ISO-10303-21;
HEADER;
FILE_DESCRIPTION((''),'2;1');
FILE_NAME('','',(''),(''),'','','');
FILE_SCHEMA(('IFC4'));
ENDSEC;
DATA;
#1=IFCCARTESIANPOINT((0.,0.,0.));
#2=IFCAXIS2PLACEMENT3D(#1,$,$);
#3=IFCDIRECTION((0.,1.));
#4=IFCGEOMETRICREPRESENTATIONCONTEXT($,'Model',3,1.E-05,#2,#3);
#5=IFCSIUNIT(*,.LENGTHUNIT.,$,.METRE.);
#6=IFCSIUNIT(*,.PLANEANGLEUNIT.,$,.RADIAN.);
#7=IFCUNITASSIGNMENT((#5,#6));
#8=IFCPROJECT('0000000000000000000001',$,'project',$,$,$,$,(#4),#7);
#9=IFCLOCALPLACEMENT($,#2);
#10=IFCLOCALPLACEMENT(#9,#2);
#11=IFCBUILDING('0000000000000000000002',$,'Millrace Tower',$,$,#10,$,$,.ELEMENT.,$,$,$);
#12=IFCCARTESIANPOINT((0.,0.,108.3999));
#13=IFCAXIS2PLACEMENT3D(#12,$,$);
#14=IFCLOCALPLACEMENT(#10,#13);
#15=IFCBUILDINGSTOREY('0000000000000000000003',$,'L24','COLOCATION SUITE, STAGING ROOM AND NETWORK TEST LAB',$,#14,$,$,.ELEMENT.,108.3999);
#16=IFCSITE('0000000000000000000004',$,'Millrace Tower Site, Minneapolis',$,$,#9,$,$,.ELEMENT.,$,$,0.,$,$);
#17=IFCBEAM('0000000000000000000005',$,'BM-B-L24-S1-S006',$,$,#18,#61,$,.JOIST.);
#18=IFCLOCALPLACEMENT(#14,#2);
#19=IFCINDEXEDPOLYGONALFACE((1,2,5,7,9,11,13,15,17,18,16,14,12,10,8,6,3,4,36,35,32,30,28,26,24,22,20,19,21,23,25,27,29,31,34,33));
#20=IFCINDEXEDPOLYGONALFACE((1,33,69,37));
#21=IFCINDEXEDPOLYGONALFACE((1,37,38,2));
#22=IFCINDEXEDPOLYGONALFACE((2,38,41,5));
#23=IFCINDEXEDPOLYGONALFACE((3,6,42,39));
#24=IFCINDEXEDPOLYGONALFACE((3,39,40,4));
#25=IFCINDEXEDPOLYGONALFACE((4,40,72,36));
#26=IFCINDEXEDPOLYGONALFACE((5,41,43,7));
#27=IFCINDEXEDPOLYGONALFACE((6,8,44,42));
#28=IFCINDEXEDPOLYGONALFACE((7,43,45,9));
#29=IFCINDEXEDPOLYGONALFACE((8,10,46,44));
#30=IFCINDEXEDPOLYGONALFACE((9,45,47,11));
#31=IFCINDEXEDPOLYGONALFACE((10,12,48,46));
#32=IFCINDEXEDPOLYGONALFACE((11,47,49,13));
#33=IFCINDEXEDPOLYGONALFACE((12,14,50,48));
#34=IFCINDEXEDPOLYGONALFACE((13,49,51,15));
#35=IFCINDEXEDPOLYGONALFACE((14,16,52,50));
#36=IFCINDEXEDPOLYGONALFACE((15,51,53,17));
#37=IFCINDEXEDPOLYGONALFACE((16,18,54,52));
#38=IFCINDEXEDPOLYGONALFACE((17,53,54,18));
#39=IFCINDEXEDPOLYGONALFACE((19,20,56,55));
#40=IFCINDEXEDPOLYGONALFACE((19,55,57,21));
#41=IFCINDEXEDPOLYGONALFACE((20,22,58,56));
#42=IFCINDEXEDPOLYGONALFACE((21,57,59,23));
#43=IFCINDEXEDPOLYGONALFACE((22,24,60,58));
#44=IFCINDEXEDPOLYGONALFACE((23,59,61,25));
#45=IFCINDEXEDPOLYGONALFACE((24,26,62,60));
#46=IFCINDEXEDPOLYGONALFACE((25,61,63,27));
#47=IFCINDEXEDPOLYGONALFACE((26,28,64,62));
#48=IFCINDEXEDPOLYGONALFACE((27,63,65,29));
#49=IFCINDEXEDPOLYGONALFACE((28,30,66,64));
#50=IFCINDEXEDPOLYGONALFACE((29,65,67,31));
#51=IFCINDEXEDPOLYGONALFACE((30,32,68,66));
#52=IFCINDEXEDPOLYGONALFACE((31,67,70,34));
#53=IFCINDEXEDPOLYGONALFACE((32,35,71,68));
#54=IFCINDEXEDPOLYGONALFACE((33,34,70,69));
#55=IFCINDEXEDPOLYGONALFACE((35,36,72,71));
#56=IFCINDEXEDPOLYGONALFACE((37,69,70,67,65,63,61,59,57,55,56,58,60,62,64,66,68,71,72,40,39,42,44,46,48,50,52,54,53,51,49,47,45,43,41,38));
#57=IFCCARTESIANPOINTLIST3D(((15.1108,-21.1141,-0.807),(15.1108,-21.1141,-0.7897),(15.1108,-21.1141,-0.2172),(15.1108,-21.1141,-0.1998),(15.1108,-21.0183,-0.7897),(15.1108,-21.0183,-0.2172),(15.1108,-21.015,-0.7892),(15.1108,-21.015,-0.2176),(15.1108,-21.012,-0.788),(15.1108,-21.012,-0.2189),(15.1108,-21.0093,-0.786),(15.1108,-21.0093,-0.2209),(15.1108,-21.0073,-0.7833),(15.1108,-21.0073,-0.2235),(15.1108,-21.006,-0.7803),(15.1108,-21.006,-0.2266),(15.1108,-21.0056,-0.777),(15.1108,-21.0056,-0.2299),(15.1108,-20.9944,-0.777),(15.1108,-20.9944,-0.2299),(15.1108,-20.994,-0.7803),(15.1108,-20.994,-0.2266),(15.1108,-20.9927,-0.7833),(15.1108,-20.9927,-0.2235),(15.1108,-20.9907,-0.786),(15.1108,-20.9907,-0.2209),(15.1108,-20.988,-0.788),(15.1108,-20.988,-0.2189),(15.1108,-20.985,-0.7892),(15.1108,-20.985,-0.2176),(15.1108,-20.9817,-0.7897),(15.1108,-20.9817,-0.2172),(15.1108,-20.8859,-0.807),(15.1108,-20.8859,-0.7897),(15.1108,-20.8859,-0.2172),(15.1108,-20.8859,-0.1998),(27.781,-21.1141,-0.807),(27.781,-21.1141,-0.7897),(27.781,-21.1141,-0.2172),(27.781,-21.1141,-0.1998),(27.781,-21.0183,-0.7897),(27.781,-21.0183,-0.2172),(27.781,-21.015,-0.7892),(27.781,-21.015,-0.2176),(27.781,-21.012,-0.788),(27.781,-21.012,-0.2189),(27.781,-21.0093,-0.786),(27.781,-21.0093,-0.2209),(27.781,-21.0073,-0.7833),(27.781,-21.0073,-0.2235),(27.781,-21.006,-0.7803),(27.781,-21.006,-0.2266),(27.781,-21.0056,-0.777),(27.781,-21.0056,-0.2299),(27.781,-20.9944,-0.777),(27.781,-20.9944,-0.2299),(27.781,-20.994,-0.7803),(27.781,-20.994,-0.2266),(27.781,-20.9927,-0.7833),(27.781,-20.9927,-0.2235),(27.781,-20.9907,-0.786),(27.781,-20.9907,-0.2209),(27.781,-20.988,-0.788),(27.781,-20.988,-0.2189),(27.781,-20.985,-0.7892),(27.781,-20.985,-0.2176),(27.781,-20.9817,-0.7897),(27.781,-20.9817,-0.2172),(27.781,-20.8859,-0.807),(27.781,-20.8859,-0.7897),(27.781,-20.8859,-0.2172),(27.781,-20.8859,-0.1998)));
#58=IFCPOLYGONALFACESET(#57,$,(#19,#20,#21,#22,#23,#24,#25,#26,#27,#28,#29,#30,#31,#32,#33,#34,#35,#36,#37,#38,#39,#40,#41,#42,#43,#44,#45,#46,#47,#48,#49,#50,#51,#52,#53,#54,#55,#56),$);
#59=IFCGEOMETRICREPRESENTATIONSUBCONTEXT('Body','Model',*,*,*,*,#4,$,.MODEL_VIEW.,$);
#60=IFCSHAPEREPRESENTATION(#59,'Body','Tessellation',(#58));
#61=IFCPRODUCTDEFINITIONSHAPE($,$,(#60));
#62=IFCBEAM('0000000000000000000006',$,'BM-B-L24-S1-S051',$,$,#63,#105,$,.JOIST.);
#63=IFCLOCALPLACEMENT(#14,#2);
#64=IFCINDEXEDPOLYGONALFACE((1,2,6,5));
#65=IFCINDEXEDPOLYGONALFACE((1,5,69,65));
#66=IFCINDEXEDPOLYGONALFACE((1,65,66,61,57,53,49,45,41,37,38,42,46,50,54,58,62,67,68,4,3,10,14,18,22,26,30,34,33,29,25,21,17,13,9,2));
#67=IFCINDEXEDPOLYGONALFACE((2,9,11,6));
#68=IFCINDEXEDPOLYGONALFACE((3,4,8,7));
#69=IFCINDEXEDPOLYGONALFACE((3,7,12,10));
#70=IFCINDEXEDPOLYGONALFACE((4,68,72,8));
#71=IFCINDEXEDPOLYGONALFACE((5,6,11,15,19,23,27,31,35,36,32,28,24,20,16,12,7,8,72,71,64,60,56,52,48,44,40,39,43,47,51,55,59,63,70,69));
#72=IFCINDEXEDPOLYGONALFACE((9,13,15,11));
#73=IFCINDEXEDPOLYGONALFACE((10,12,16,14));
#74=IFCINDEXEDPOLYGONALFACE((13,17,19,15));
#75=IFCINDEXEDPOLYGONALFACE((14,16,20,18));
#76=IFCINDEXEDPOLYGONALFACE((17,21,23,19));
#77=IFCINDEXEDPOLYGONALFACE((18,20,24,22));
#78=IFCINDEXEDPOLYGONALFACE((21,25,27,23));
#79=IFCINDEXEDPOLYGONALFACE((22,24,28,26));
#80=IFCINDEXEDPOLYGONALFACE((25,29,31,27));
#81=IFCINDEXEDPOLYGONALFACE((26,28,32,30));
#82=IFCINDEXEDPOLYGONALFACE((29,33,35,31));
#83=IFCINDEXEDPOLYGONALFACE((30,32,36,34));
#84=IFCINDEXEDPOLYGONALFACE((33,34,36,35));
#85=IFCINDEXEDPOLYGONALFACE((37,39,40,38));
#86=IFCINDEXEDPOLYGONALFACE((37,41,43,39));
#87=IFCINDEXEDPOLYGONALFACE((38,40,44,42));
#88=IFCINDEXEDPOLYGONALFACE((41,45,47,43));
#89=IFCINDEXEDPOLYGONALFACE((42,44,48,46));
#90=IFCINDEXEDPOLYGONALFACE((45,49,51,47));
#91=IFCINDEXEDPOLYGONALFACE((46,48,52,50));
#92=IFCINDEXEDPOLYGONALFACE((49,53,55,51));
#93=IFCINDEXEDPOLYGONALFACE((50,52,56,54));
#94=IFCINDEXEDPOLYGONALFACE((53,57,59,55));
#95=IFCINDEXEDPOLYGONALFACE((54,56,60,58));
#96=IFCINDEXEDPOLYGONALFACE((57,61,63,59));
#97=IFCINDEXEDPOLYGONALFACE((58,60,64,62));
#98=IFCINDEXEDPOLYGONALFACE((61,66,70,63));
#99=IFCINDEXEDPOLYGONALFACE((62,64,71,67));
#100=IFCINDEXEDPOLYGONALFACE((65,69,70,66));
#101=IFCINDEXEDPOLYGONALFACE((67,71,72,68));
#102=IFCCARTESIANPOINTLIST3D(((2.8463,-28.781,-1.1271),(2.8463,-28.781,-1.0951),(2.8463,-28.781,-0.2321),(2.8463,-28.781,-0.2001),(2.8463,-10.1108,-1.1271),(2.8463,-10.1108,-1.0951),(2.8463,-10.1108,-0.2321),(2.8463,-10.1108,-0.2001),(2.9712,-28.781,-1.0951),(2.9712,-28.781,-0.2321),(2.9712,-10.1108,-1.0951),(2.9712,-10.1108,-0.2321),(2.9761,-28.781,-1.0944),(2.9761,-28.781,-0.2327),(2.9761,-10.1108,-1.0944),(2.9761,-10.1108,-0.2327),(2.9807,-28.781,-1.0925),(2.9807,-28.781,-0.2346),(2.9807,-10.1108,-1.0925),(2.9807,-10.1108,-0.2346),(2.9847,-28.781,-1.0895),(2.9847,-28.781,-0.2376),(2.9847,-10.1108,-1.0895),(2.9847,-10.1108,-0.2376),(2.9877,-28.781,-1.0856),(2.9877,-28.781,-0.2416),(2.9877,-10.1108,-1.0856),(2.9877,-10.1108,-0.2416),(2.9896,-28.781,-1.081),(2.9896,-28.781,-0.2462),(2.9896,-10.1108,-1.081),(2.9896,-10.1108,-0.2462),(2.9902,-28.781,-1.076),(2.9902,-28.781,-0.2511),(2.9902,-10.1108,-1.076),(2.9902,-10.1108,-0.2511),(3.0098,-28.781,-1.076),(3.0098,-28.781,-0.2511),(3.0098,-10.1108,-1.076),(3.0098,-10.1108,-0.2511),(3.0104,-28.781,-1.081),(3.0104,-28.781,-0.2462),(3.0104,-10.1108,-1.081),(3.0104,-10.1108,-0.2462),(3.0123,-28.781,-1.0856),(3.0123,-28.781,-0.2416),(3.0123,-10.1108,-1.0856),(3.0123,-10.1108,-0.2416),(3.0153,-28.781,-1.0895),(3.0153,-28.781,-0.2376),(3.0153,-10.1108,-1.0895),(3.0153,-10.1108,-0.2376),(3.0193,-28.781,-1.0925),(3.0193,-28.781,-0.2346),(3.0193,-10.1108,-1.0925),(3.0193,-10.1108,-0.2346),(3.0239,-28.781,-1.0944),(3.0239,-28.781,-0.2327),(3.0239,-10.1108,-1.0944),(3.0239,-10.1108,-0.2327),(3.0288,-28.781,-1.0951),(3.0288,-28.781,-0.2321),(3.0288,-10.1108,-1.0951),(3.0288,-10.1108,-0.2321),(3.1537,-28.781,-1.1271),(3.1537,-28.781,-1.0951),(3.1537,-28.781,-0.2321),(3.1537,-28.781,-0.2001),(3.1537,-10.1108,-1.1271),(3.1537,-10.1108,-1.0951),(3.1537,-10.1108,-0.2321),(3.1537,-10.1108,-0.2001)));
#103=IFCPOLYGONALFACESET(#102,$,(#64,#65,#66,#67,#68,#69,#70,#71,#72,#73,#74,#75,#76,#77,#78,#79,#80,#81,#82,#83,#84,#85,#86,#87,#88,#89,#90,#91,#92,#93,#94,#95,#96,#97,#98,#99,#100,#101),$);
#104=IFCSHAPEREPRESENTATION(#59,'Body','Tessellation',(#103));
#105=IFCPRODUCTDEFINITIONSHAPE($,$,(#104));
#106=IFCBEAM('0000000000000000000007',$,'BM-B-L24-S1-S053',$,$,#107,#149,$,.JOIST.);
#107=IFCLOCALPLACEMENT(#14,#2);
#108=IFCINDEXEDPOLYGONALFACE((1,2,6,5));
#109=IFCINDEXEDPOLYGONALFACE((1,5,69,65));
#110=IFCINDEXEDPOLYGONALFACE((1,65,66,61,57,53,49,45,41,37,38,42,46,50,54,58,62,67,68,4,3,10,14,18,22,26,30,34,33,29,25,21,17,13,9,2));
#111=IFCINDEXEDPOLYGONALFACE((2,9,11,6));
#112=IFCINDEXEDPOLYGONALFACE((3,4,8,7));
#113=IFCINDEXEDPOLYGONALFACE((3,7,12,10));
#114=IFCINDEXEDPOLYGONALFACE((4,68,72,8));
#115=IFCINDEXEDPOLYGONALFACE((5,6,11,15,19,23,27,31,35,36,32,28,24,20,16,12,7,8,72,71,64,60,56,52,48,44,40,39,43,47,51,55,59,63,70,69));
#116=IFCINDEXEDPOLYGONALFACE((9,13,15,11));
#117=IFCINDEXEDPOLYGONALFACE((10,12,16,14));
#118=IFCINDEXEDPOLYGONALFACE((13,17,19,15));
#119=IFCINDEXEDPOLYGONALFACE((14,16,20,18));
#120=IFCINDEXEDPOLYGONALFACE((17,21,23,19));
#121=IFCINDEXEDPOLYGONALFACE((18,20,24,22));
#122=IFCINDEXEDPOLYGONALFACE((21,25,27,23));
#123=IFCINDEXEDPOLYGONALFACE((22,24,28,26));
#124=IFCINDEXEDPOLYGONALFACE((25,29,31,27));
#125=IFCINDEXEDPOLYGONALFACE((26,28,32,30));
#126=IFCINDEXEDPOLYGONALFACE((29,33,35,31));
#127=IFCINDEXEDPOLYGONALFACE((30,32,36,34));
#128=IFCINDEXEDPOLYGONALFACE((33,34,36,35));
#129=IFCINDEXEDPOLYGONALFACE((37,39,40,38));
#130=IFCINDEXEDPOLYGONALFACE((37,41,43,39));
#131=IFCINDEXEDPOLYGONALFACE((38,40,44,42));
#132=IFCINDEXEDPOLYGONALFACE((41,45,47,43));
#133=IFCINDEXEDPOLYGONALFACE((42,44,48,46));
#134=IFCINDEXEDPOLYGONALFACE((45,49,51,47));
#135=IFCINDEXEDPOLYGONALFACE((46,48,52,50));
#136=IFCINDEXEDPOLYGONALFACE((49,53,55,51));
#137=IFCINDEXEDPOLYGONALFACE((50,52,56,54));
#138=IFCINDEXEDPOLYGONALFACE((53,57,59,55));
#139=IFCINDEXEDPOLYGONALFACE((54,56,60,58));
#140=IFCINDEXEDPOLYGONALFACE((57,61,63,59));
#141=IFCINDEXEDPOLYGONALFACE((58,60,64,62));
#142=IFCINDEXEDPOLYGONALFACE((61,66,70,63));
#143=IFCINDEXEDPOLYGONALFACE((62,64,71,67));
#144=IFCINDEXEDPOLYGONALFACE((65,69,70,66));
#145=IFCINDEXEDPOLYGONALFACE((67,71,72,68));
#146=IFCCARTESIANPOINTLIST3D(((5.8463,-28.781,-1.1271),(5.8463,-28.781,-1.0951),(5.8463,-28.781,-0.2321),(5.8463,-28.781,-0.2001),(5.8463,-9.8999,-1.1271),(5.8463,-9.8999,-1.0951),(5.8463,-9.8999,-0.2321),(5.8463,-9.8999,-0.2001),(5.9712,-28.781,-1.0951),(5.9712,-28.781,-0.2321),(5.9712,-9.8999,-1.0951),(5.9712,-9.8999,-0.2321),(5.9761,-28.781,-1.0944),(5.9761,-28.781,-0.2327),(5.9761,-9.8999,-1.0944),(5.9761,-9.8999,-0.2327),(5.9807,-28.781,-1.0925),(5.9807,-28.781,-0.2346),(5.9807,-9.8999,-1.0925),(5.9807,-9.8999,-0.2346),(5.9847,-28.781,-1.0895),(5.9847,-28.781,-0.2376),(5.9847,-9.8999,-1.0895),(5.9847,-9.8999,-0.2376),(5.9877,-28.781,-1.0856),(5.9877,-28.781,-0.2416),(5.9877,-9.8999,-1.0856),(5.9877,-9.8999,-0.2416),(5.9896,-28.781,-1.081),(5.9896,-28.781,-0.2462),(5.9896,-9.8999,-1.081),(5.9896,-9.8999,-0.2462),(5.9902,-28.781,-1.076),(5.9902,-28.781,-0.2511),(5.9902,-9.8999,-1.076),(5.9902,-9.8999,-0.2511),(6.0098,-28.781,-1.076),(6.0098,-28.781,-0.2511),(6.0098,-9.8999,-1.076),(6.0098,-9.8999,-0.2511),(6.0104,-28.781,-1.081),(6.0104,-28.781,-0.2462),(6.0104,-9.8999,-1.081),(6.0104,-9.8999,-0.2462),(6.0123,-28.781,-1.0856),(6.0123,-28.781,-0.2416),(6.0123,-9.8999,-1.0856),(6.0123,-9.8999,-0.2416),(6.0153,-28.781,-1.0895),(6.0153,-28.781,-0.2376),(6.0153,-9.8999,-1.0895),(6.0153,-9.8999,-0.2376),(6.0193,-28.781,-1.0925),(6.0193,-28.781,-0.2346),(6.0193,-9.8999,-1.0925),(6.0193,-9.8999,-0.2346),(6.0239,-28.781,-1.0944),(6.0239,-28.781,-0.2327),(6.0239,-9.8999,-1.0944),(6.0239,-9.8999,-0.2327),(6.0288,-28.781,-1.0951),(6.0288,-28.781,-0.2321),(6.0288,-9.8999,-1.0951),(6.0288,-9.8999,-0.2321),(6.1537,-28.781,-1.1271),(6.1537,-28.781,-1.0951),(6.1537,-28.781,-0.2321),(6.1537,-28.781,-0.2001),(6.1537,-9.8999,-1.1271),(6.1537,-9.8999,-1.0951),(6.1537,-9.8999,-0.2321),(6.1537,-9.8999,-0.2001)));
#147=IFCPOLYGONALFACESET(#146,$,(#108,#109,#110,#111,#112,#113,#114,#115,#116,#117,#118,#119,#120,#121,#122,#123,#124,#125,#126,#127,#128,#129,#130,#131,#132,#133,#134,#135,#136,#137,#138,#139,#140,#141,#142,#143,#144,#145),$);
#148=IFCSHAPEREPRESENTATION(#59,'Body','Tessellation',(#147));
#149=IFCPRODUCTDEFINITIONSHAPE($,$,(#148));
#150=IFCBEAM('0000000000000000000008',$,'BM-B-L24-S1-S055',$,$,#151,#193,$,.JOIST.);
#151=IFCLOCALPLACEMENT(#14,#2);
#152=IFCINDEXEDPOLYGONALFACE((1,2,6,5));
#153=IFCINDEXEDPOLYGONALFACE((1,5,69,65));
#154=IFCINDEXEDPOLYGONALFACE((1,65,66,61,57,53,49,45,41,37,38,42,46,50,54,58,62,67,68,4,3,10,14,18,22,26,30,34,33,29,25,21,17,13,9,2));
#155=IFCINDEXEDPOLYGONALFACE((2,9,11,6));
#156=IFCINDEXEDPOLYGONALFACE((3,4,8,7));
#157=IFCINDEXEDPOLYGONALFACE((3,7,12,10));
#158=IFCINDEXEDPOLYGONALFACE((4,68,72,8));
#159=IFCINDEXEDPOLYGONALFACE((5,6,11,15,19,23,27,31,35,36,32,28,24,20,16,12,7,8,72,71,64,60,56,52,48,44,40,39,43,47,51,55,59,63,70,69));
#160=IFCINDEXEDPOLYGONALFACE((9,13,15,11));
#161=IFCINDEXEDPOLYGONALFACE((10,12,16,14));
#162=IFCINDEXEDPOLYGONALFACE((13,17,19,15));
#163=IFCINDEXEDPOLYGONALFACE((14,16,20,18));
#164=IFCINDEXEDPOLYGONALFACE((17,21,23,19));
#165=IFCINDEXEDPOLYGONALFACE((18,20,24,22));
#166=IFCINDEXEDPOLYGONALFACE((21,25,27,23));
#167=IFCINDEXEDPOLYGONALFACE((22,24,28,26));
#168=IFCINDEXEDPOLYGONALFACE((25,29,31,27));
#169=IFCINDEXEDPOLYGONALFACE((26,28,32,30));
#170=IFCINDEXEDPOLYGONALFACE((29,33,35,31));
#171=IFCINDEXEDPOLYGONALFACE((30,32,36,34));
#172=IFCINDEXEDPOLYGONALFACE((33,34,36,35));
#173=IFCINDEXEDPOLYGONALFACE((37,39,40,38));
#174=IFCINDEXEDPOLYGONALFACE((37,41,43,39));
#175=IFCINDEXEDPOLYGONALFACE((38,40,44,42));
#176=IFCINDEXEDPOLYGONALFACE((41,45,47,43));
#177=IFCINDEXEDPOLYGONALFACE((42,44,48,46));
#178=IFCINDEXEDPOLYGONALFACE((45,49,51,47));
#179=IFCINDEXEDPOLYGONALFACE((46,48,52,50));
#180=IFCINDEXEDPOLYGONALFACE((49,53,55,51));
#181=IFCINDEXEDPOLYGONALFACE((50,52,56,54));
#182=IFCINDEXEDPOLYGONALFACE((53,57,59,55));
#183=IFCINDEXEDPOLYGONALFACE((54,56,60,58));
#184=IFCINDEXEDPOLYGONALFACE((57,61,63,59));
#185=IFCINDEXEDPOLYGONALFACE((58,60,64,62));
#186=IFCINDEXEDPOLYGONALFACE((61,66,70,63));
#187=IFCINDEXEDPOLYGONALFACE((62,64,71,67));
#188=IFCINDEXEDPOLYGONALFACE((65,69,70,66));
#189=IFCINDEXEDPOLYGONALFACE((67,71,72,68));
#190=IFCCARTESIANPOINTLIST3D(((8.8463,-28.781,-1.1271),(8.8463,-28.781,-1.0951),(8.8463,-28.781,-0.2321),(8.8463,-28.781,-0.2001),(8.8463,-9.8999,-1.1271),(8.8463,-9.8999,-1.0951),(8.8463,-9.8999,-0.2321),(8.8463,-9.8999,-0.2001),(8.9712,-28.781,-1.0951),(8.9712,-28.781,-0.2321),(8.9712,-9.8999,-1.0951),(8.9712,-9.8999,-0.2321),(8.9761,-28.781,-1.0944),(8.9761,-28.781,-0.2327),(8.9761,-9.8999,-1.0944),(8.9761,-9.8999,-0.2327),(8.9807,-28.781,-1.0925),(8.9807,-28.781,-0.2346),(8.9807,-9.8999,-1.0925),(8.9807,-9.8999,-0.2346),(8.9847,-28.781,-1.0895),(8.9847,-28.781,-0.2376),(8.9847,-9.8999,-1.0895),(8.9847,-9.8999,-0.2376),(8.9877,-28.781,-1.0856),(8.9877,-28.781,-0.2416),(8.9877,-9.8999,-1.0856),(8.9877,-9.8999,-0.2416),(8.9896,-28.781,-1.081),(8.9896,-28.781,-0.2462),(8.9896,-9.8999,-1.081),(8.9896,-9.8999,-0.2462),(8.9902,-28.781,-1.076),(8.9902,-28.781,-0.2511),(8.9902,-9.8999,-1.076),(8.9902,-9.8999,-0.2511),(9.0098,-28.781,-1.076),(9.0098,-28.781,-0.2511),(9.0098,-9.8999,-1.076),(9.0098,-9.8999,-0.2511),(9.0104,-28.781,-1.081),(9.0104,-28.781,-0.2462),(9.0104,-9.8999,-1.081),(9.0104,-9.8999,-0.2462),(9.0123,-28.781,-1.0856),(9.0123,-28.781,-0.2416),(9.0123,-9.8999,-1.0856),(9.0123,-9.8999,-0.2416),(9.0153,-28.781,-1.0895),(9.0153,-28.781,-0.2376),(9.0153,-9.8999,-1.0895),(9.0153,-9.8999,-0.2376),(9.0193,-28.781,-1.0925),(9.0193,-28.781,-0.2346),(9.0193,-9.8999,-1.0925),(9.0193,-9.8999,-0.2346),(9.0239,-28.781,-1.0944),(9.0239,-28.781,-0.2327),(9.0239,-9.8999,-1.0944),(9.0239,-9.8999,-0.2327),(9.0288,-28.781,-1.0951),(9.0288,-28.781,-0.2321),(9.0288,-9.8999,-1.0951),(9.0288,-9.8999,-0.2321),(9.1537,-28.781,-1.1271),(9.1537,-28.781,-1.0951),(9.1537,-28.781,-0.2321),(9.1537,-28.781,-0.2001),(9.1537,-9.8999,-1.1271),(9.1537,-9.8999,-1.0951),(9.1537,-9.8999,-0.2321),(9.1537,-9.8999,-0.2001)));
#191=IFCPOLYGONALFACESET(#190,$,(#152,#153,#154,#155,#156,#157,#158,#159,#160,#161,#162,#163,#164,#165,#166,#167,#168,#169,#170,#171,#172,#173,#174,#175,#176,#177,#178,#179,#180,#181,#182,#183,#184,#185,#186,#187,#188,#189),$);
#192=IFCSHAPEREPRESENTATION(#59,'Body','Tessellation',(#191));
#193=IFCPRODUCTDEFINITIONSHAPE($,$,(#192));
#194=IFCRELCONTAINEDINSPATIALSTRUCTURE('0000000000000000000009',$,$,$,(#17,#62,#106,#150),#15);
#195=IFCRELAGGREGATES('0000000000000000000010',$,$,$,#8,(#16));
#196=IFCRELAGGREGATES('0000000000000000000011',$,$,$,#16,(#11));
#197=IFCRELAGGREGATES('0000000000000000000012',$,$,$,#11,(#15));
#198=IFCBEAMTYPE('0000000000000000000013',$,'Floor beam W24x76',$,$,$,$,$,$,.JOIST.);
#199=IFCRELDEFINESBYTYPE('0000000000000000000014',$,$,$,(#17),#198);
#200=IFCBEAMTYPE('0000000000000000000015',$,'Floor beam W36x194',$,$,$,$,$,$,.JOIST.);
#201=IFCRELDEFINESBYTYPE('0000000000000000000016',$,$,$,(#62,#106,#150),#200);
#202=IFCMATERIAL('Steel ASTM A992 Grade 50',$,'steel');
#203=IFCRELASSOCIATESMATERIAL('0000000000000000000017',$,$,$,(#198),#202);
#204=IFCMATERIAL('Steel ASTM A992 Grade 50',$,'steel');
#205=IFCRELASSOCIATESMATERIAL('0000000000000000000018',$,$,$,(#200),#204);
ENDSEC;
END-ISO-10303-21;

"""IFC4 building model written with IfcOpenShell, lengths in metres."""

from ifc_helpers import new_model, si_unit, direction, frame, origin, origin_2d, place, context, subcontext, project, spatial, i_section, extrude, material, material_profile, profile_set, type_object, element, save


model = new_model("IFC4")

# Units and contexts
model_context = context("Model", 3, precision=1e-05, world=origin(), true_north=direction((0.0, 1.0)))
body_context = subcontext(model_context, "Body", "Model", "MODEL_VIEW")
ifc_project = project(units=[si_unit("LENGTHUNIT", "METRE"), si_unit("PLANEANGLEUNIT", "RADIAN")], contexts=[model_context])

# Site, building, storey
site_placement = place(None, origin())
site = spatial("IfcSite", under=ifc_project, at=site_placement, Name="Millrace Tower Site, Minneapolis", CompositionType="ELEMENT", RefElevation=0.0)
building_placement = place(site_placement, origin())
building = spatial("IfcBuilding", under=site, at=building_placement, Name="Millrace Tower", CompositionType="ELEMENT")
storey_placement = place(building_placement, frame((0.0, 0.0, 108.3999)))
storey = spatial("IfcBuildingStorey", under=building, at=storey_placement, Name="L24", Description="COLOCATION SUITE, STAGING ROOM AND NETWORK TEST LAB", CompositionType="ELEMENT", Elevation=108.3999)

# Beams
ifc_material_1 = material(Name="Steel ASTM A992 Grade 50", Category="steel")
ifc_material_profile_1 = material_profile(ifc_material_1, i_section(OverallWidth=0.2283, OverallDepth=0.6072, WebThickness=0.0112, FlangeThickness=0.0173, FilletRadius=0.0127, at=origin_2d()))
ifc_profile_set_1 = profile_set([ifc_material_profile_1], Name="Steel ASTM A992 Grade 50")
beam_type_1 = type_object("IfcBeamType", Name="Floor beam W24x76", PredefinedType="JOIST", material=ifc_profile_set_1)
for number, where, z_axis, x_axis, name in (
    (1, (15.1108, -21.0, -0.5034), (1.0, 0.0, 0.0), (0.0, 1.0, 0.0), "BM-B-L24-S1-S006"),
):
    element("IfcBeam", number, at=place(storey_placement, frame(where, z_axis=z_axis, x_axis=x_axis)), inside=storey, type_object=beam_type_1, Name=name, PredefinedType="JOIST", context=body_context, shape_type="SweptSolid", body=[
        extrude(i_section(OverallWidth=0.2283, OverallDepth=0.6072, WebThickness=0.0112, FlangeThickness=0.0173, FilletRadius=0.0127, at=origin_2d()), origin(), (0.0, 0.0, 1.0), 12.6702),
    ])
ifc_material_2 = material(Name="Steel ASTM A992 Grade 50", Category="steel")
ifc_material_profile_2 = material_profile(ifc_material_2, i_section(OverallWidth=0.3074, OverallDepth=0.927, WebThickness=0.0195, FlangeThickness=0.032, FilletRadius=0.019, at=origin_2d()))
ifc_profile_set_2 = profile_set([ifc_material_profile_2], Name="Steel ASTM A992 Grade 50")
beam_type_2 = type_object("IfcBeamType", Name="Floor beam W36x194", PredefinedType="JOIST", material=ifc_profile_set_2)
beam_1_placement = place(storey_placement, frame((3.0, -28.781, -0.6636), z_axis=(0.0, 1.0, 0.0), x_axis=(-1.0, 0.0, 0.0)))
element("IfcBeam", 2, at=beam_1_placement, inside=storey, type_object=beam_type_2, Name="BM-B-L24-S1-S051", PredefinedType="JOIST", context=body_context, shape_type="SweptSolid", body=[
    extrude(i_section(OverallWidth=0.3074, OverallDepth=0.927, WebThickness=0.0195, FlangeThickness=0.032, FilletRadius=0.019, at=origin_2d()), origin(), (0.0, 0.0, 1.0), 18.6702),
])
for number, where, z_axis, x_axis, name in (
    (3, (6.0, -28.781, -0.6636), (0.0, 1.0, 0.0), (-1.0, 0.0, 0.0), "BM-B-L24-S1-S053"),
    (4, (9.0, -28.781, -0.6636), (0.0, 1.0, 0.0), (-1.0, 0.0, 0.0), "BM-B-L24-S1-S055"),
):
    element("IfcBeam", number, at=place(storey_placement, frame(where, z_axis=z_axis, x_axis=x_axis)), inside=storey, type_object=beam_type_2, Name=name, PredefinedType="JOIST", context=body_context, shape_type="SweptSolid", body=[
        extrude(i_section(OverallWidth=0.3074, OverallDepth=0.927, WebThickness=0.0195, FlangeThickness=0.032, FilletRadius=0.019, at=origin_2d()), origin(), (0.0, 0.0, 1.0), 18.8811),
    ])

save(model, "model.ifc")
